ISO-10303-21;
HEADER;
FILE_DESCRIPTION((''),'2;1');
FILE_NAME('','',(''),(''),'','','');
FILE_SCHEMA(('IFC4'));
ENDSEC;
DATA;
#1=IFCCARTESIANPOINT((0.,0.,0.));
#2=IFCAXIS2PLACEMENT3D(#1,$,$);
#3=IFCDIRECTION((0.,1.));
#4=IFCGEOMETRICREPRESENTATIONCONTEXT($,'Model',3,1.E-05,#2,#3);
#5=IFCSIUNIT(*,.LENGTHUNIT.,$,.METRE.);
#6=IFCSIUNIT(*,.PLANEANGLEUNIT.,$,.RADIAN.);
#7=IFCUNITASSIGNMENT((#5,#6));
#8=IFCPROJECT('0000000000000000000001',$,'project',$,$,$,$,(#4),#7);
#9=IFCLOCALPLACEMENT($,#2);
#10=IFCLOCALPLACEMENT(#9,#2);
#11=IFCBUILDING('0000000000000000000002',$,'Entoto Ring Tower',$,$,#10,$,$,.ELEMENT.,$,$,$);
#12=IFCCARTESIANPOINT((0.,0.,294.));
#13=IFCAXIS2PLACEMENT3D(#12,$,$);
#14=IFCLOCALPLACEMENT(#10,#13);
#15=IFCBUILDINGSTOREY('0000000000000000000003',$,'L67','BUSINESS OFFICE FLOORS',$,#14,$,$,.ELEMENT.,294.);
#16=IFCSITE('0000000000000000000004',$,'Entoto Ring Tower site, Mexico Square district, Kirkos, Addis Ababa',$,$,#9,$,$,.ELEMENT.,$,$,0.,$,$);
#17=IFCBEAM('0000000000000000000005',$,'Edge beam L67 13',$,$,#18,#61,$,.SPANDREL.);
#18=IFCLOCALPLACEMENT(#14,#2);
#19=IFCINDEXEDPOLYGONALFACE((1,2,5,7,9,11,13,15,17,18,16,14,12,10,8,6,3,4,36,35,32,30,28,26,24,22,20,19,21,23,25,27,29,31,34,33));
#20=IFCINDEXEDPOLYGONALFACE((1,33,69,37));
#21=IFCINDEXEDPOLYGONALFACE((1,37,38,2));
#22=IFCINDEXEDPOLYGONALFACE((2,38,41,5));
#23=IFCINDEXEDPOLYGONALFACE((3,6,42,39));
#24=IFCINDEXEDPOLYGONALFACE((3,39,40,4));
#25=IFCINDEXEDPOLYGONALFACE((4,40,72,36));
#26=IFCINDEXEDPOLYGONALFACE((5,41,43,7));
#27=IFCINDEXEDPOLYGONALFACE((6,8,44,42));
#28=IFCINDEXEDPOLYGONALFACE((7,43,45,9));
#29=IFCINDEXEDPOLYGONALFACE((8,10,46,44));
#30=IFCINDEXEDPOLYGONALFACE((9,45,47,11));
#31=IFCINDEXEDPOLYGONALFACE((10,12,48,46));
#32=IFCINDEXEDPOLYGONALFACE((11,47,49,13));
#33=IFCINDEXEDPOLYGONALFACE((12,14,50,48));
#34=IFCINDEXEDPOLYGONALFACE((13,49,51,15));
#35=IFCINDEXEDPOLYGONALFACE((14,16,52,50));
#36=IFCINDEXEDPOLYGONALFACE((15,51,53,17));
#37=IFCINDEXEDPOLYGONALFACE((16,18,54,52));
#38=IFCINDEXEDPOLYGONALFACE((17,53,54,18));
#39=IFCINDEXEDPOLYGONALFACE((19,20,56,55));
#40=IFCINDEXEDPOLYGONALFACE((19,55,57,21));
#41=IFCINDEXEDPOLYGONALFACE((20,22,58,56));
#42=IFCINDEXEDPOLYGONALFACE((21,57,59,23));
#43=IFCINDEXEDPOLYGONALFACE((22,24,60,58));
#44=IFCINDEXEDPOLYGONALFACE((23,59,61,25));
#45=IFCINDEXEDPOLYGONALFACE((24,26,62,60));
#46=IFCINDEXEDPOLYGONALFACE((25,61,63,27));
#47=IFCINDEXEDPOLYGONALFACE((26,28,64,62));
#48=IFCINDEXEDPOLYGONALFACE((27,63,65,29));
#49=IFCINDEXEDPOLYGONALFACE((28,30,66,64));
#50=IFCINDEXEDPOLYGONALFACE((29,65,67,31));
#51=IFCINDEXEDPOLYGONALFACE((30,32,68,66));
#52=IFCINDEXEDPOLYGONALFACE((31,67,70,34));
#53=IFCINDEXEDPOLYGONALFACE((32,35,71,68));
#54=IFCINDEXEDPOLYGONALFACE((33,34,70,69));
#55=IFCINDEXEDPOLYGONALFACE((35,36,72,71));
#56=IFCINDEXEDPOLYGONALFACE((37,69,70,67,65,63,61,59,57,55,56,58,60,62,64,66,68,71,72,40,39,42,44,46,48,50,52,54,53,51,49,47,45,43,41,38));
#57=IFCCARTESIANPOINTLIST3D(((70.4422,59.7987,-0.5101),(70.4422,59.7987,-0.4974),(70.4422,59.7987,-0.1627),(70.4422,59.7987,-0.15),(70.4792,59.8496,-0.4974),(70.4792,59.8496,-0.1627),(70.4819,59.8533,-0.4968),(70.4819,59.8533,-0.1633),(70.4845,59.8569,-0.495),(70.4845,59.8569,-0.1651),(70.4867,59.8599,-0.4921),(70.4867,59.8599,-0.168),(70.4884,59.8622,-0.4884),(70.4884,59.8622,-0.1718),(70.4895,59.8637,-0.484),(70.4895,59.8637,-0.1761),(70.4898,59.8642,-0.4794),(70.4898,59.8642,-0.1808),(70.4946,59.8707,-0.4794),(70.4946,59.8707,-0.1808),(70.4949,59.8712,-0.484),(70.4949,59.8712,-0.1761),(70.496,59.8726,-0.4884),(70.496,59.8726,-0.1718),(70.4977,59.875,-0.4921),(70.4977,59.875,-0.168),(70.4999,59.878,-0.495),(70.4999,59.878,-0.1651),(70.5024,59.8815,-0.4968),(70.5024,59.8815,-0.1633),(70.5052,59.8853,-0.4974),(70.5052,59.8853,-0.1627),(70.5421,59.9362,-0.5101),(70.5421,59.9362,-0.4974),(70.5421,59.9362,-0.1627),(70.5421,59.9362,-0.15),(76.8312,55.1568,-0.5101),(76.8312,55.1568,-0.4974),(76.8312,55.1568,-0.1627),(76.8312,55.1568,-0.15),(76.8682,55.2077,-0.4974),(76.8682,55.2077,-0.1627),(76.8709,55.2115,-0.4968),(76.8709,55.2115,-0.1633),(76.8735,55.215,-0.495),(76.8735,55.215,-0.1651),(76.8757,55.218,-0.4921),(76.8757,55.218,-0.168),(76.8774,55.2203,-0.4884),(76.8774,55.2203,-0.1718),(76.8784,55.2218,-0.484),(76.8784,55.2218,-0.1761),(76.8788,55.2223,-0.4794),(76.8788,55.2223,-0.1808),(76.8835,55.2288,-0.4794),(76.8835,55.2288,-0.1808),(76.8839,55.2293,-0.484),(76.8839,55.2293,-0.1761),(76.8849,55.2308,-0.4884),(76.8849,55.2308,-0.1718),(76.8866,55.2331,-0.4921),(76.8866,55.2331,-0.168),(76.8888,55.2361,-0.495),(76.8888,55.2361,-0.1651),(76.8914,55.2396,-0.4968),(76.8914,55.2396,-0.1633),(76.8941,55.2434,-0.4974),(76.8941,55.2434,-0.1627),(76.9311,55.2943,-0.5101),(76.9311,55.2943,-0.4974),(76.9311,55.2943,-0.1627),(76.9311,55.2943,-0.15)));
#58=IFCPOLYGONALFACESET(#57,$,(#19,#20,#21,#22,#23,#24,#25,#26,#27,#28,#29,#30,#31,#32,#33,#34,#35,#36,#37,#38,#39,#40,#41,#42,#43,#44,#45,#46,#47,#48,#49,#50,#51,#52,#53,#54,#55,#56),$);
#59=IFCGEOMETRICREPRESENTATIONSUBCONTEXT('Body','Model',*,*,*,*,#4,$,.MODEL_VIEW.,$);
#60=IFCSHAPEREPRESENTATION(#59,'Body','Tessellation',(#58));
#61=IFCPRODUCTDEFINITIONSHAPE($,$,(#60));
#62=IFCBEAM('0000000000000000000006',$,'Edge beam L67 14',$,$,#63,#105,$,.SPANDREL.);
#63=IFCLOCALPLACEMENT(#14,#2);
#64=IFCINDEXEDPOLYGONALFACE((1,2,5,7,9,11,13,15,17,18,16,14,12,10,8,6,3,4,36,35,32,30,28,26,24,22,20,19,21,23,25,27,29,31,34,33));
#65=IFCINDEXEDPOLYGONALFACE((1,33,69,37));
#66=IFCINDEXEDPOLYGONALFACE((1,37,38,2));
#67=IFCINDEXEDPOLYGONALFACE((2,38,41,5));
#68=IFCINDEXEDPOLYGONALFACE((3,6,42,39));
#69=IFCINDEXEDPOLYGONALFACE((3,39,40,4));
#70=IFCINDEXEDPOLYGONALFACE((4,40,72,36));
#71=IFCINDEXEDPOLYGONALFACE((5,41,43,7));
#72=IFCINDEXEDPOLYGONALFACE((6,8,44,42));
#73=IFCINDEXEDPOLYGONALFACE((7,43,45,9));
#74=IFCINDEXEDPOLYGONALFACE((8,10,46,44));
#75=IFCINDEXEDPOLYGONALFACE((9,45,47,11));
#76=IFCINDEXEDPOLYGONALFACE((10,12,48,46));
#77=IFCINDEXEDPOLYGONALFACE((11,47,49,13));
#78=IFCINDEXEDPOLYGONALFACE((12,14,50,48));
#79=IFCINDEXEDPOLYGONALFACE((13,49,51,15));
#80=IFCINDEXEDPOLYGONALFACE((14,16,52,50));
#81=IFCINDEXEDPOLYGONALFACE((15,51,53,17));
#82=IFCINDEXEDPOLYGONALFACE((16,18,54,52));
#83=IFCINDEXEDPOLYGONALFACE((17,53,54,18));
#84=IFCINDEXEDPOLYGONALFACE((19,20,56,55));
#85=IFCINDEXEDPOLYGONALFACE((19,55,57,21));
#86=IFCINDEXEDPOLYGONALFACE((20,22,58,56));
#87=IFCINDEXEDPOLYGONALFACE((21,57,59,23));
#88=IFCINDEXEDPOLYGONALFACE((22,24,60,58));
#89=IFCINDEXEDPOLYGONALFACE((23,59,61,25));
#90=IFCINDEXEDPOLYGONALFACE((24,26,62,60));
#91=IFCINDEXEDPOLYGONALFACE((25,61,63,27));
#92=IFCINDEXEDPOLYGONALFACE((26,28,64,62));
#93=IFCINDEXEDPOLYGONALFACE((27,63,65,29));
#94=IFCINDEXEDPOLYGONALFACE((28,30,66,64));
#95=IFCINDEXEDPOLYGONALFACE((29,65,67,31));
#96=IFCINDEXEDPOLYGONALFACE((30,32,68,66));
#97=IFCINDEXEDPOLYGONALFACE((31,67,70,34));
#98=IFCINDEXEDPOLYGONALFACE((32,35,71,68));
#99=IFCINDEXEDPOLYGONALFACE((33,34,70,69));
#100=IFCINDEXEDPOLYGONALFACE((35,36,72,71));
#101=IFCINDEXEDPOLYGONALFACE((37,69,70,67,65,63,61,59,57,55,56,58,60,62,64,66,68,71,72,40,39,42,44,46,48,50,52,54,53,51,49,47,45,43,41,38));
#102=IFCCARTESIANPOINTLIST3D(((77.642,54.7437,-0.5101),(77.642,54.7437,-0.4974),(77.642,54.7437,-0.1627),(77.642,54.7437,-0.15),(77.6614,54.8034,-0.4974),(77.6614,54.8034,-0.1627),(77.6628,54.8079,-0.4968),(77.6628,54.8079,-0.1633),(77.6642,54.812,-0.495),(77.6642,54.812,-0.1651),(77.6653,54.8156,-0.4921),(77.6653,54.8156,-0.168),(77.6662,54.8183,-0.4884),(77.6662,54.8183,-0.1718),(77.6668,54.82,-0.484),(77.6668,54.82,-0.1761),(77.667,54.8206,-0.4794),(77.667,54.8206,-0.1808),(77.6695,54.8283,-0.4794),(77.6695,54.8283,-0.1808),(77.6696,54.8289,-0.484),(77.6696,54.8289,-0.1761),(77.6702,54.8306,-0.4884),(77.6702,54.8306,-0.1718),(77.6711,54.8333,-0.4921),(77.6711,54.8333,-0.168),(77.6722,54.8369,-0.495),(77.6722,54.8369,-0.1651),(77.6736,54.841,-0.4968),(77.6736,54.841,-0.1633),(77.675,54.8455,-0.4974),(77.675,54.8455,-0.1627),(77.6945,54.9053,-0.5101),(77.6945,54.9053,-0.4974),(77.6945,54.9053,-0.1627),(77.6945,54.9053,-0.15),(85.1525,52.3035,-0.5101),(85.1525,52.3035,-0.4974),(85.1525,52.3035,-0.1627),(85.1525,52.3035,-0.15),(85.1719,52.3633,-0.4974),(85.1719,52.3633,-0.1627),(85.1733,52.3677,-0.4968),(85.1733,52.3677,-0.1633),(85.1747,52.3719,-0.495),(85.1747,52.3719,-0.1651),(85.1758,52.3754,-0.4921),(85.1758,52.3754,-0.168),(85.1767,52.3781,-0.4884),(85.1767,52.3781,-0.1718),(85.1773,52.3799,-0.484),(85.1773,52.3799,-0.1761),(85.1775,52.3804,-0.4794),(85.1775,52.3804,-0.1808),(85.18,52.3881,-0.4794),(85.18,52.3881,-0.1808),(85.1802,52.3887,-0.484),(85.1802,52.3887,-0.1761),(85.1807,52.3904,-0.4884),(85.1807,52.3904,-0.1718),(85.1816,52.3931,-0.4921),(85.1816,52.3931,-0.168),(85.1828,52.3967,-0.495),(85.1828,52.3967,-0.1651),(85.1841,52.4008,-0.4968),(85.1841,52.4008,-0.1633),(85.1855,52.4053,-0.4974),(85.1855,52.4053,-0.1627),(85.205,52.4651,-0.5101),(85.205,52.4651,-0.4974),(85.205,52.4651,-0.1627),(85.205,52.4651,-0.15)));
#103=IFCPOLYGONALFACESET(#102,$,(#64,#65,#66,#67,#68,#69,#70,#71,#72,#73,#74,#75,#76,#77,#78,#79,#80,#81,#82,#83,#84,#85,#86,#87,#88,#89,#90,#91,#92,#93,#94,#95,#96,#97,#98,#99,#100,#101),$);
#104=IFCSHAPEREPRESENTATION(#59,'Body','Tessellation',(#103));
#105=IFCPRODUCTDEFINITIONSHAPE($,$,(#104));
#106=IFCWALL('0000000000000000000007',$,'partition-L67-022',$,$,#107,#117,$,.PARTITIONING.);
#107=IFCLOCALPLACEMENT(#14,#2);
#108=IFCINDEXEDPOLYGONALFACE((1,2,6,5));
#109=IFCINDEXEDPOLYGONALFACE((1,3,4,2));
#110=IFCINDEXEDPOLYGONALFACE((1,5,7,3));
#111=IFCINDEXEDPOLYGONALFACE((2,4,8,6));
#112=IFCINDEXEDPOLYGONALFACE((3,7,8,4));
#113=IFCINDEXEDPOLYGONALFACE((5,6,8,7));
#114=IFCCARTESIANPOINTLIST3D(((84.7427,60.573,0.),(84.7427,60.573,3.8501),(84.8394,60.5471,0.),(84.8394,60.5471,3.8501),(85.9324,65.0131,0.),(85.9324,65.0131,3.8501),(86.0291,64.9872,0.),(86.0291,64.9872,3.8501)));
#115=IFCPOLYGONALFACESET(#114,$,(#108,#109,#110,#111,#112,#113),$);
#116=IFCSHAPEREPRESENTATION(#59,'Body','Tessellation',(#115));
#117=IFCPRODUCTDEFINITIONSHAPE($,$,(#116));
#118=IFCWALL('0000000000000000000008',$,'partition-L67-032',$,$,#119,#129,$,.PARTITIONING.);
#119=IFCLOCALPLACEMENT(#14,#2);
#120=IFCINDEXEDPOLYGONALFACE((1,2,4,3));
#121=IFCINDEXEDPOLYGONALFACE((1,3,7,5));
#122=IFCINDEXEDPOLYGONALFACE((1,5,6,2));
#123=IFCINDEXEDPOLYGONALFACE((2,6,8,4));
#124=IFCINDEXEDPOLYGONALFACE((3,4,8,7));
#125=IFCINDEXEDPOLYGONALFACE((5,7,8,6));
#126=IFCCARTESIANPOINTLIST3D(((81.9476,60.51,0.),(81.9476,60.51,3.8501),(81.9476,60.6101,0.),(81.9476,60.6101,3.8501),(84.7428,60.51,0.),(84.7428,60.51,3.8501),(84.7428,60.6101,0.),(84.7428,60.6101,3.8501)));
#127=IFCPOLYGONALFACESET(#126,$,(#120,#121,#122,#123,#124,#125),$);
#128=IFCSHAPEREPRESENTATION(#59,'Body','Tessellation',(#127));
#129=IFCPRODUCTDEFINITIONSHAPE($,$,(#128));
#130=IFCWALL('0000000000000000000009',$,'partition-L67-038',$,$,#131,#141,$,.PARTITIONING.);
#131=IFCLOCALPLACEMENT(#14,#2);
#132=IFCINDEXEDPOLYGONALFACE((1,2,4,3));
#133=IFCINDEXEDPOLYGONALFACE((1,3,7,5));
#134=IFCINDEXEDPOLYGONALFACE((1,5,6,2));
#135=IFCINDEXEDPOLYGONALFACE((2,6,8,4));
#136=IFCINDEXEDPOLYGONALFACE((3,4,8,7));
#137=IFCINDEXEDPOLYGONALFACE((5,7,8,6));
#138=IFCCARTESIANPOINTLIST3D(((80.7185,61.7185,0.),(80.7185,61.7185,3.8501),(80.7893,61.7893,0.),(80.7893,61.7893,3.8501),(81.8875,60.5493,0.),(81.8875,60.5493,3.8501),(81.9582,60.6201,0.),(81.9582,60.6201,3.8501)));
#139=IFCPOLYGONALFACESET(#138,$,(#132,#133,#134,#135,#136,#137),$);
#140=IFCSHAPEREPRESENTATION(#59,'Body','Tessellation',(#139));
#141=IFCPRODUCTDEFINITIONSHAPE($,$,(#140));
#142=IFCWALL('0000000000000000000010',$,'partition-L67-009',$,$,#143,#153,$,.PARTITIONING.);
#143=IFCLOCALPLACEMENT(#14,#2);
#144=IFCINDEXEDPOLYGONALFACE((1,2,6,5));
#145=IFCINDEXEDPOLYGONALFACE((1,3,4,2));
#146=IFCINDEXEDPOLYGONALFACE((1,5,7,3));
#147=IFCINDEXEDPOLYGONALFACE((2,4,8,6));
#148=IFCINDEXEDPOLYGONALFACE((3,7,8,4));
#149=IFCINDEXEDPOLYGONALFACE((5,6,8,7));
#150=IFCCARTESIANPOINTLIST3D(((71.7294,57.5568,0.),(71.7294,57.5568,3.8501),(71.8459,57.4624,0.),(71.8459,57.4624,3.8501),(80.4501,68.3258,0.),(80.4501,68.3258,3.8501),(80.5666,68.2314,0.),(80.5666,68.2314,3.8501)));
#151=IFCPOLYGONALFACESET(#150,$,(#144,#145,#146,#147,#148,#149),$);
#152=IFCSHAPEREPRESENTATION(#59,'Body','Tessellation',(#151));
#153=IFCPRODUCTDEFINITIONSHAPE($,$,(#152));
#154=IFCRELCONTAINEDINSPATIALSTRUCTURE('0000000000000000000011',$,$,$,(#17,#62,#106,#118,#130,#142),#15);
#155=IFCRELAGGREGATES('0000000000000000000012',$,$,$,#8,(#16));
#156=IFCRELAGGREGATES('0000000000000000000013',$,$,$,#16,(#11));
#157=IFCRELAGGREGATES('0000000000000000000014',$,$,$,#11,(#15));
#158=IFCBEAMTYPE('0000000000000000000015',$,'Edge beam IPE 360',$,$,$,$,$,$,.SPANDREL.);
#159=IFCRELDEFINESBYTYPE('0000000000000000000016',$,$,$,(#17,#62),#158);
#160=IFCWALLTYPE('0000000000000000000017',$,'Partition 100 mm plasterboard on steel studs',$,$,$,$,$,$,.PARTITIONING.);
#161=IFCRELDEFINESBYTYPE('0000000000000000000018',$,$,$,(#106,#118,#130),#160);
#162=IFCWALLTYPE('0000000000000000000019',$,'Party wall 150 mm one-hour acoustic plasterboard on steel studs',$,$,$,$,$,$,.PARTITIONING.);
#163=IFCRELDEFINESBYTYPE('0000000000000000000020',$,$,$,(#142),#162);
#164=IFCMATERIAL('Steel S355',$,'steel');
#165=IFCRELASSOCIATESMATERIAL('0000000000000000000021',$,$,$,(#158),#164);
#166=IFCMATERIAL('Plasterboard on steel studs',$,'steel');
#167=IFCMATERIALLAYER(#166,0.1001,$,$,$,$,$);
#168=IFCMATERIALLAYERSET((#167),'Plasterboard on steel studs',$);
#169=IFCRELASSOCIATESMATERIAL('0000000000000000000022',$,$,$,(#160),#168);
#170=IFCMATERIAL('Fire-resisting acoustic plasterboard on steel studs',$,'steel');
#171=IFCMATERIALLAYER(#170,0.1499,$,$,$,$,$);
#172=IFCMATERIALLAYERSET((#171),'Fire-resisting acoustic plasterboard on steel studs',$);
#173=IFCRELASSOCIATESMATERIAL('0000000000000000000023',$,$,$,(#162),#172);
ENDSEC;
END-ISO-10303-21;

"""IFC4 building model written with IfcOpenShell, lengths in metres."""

from ifc_helpers import new_model, si_unit, direction, frame, frame_2d, origin, origin_2d, place, context, subcontext, project, spatial, rectangle, i_section, extrude, material, layer, layer_set, material_profile, profile_set, type_object, element, save


model = new_model("IFC4")

# Units and contexts
model_context = context("Model", 3, precision=1e-05, world=origin(), true_north=direction((0.0, 1.0)))
body_context = subcontext(model_context, "Body", "Model", "MODEL_VIEW")
ifc_project = project(units=[si_unit("LENGTHUNIT", "METRE"), si_unit("PLANEANGLEUNIT", "RADIAN")], contexts=[model_context])

# Site, building, storey
site_placement = place(None, origin())
site = spatial("IfcSite", under=ifc_project, at=site_placement, Name="Entoto Ring Tower site, Mexico Square district, Kirkos, Addis Ababa", CompositionType="ELEMENT", RefElevation=0.0)
building_placement = place(site_placement, origin())
building = spatial("IfcBuilding", under=site, at=building_placement, Name="Entoto Ring Tower", CompositionType="ELEMENT")
storey_placement = place(building_placement, frame((0.0, 0.0, 294.0)))
storey = spatial("IfcBuildingStorey", under=building, at=storey_placement, Name="L67", Description="BUSINESS OFFICE FLOORS", CompositionType="ELEMENT", Elevation=294.0)

# Beams
ifc_material_1 = material(Name="Steel S355", Category="steel")
ifc_material_profile_1 = material_profile(ifc_material_1, i_section(OverallWidth=0.1699, OverallDepth=0.3601, WebThickness=0.0081, FlangeThickness=0.0127, FilletRadius=0.0181, at=origin_2d()), Name="IPE 360")
ifc_profile_set_1 = profile_set([ifc_material_profile_1], Name="Steel S355")
beam_type = type_object("IfcBeamType", Name="Edge beam IPE 360", PredefinedType="SPANDREL", material=ifc_profile_set_1)
beam_1_placement = place(storey_placement, frame((70.4922, 59.8674, -0.3301), z_axis=(0.809015, -0.587787, 0.0), x_axis=(0.587787, 0.809015, 0.0)))
element("IfcBeam", 1, at=beam_1_placement, inside=storey, type_object=beam_type, Name="Edge beam L67 13", PredefinedType="SPANDREL", context=body_context, shape_type="SweptSolid", body=[
    extrude(i_section(OverallWidth=0.1699, OverallDepth=0.3601, WebThickness=0.0081, FlangeThickness=0.0127, FilletRadius=0.0181, at=origin_2d()), origin(), (0.0, 0.0, 1.0), 7.8972),
])
beam_2_placement = place(storey_placement, frame((77.6682, 54.8245, -0.3301), z_axis=(0.951061, -0.309003, 0.0), x_axis=(0.309003, 0.951061, 0.0)))
element("IfcBeam", 2, at=beam_2_placement, inside=storey, type_object=beam_type, Name="Edge beam L67 14", PredefinedType="SPANDREL", context=body_context, shape_type="SweptSolid", body=[
    extrude(i_section(OverallWidth=0.1699, OverallDepth=0.3601, WebThickness=0.0081, FlangeThickness=0.0127, FilletRadius=0.0181, at=origin_2d()), origin(), (0.0, 0.0, 1.0), 7.897),
])

# Walls
ifc_material_2 = material(Name="Plasterboard on steel studs", Category="steel")
ifc_layer_1 = layer(ifc_material_2, 0.1001)
ifc_layer_set_1 = layer_set([ifc_layer_1], Name="Plasterboard on steel studs")
wall_type_1 = type_object("IfcWallType", Name="Partition 100 mm plasterboard on steel studs", PredefinedType="PARTITIONING", material=ifc_layer_set_1)
wall_1_placement = place(storey_placement, frame((84.791, 60.5601, 0.0), z_axis=(0.0, 0.0, 1.0), x_axis=(0.258823, 0.965925, 0.0)))
element("IfcWall", 3, at=wall_1_placement, inside=storey, type_object=wall_type_1, Name="partition-L67-022", PredefinedType="PARTITIONING", context=body_context, shape_type="SweptSolid", body=[
    extrude(rectangle(XDim=4.5967, YDim=0.1001, at=frame_2d((2.2983, 0.0))), origin(), (0.0, 0.0, 1.0), 3.8501),
])
wall_2_placement = place(storey_placement, frame((81.9478, 60.5601, 0.0), z_axis=(0.0, 0.0, 1.0), x_axis=(1.0, 0.0, 0.0)))
element("IfcWall", 4, at=wall_2_placement, inside=storey, type_object=wall_type_1, Name="partition-L67-032", PredefinedType="PARTITIONING", context=body_context, shape_type="SweptSolid", body=[
    extrude(rectangle(XDim=2.7952, YDim=0.1001, at=frame_2d((1.3975, 0.0))), origin(), (0.0, 0.0, 1.0), 3.8501),
])
wall_3_placement = place(storey_placement, frame((81.9229, 60.5847, 0.0), z_axis=(0.0, 0.0, 1.0), x_axis=(-0.707033, 0.707181, 0.0)))
element("IfcWall", 5, at=wall_3_placement, inside=storey, type_object=wall_type_1, Name="partition-L67-038", PredefinedType="PARTITIONING", context=body_context, shape_type="SweptSolid", body=[
    extrude(rectangle(XDim=1.6533, YDim=0.1001, at=frame_2d((0.8267, 0.0))), origin(), (0.0, 0.0, 1.0), 3.8501),
])
ifc_material_3 = material(Name="Fire-resisting acoustic plasterboard on steel studs", Category="steel")
ifc_layer_2 = layer(ifc_material_3, 0.1499)
ifc_layer_set_2 = layer_set([ifc_layer_2], Name="Fire-resisting acoustic plasterboard on steel studs")
wall_type_2 = type_object("IfcWallType", Name="Party wall 150 mm one-hour acoustic plasterboard on steel studs", PredefinedType="PARTITIONING", material=ifc_layer_set_2)
wall_4_placement = place(storey_placement, frame((71.7876, 57.5095, 0.0), z_axis=(0.0, 0.0, 1.0), x_axis=(0.629325, 0.777142, 0.0)))
element("IfcWall", 6, at=wall_4_placement, inside=storey, type_object=wall_type_2, Name="partition-L67-009", PredefinedType="PARTITIONING", context=body_context, shape_type="SweptSolid", body=[
    extrude(rectangle(XDim=13.8572, YDim=0.1499, at=frame_2d((6.9287, 0.0))), origin(), (0.0, 0.0, 1.0), 3.8501),
])

save(model, "model.ifc")
